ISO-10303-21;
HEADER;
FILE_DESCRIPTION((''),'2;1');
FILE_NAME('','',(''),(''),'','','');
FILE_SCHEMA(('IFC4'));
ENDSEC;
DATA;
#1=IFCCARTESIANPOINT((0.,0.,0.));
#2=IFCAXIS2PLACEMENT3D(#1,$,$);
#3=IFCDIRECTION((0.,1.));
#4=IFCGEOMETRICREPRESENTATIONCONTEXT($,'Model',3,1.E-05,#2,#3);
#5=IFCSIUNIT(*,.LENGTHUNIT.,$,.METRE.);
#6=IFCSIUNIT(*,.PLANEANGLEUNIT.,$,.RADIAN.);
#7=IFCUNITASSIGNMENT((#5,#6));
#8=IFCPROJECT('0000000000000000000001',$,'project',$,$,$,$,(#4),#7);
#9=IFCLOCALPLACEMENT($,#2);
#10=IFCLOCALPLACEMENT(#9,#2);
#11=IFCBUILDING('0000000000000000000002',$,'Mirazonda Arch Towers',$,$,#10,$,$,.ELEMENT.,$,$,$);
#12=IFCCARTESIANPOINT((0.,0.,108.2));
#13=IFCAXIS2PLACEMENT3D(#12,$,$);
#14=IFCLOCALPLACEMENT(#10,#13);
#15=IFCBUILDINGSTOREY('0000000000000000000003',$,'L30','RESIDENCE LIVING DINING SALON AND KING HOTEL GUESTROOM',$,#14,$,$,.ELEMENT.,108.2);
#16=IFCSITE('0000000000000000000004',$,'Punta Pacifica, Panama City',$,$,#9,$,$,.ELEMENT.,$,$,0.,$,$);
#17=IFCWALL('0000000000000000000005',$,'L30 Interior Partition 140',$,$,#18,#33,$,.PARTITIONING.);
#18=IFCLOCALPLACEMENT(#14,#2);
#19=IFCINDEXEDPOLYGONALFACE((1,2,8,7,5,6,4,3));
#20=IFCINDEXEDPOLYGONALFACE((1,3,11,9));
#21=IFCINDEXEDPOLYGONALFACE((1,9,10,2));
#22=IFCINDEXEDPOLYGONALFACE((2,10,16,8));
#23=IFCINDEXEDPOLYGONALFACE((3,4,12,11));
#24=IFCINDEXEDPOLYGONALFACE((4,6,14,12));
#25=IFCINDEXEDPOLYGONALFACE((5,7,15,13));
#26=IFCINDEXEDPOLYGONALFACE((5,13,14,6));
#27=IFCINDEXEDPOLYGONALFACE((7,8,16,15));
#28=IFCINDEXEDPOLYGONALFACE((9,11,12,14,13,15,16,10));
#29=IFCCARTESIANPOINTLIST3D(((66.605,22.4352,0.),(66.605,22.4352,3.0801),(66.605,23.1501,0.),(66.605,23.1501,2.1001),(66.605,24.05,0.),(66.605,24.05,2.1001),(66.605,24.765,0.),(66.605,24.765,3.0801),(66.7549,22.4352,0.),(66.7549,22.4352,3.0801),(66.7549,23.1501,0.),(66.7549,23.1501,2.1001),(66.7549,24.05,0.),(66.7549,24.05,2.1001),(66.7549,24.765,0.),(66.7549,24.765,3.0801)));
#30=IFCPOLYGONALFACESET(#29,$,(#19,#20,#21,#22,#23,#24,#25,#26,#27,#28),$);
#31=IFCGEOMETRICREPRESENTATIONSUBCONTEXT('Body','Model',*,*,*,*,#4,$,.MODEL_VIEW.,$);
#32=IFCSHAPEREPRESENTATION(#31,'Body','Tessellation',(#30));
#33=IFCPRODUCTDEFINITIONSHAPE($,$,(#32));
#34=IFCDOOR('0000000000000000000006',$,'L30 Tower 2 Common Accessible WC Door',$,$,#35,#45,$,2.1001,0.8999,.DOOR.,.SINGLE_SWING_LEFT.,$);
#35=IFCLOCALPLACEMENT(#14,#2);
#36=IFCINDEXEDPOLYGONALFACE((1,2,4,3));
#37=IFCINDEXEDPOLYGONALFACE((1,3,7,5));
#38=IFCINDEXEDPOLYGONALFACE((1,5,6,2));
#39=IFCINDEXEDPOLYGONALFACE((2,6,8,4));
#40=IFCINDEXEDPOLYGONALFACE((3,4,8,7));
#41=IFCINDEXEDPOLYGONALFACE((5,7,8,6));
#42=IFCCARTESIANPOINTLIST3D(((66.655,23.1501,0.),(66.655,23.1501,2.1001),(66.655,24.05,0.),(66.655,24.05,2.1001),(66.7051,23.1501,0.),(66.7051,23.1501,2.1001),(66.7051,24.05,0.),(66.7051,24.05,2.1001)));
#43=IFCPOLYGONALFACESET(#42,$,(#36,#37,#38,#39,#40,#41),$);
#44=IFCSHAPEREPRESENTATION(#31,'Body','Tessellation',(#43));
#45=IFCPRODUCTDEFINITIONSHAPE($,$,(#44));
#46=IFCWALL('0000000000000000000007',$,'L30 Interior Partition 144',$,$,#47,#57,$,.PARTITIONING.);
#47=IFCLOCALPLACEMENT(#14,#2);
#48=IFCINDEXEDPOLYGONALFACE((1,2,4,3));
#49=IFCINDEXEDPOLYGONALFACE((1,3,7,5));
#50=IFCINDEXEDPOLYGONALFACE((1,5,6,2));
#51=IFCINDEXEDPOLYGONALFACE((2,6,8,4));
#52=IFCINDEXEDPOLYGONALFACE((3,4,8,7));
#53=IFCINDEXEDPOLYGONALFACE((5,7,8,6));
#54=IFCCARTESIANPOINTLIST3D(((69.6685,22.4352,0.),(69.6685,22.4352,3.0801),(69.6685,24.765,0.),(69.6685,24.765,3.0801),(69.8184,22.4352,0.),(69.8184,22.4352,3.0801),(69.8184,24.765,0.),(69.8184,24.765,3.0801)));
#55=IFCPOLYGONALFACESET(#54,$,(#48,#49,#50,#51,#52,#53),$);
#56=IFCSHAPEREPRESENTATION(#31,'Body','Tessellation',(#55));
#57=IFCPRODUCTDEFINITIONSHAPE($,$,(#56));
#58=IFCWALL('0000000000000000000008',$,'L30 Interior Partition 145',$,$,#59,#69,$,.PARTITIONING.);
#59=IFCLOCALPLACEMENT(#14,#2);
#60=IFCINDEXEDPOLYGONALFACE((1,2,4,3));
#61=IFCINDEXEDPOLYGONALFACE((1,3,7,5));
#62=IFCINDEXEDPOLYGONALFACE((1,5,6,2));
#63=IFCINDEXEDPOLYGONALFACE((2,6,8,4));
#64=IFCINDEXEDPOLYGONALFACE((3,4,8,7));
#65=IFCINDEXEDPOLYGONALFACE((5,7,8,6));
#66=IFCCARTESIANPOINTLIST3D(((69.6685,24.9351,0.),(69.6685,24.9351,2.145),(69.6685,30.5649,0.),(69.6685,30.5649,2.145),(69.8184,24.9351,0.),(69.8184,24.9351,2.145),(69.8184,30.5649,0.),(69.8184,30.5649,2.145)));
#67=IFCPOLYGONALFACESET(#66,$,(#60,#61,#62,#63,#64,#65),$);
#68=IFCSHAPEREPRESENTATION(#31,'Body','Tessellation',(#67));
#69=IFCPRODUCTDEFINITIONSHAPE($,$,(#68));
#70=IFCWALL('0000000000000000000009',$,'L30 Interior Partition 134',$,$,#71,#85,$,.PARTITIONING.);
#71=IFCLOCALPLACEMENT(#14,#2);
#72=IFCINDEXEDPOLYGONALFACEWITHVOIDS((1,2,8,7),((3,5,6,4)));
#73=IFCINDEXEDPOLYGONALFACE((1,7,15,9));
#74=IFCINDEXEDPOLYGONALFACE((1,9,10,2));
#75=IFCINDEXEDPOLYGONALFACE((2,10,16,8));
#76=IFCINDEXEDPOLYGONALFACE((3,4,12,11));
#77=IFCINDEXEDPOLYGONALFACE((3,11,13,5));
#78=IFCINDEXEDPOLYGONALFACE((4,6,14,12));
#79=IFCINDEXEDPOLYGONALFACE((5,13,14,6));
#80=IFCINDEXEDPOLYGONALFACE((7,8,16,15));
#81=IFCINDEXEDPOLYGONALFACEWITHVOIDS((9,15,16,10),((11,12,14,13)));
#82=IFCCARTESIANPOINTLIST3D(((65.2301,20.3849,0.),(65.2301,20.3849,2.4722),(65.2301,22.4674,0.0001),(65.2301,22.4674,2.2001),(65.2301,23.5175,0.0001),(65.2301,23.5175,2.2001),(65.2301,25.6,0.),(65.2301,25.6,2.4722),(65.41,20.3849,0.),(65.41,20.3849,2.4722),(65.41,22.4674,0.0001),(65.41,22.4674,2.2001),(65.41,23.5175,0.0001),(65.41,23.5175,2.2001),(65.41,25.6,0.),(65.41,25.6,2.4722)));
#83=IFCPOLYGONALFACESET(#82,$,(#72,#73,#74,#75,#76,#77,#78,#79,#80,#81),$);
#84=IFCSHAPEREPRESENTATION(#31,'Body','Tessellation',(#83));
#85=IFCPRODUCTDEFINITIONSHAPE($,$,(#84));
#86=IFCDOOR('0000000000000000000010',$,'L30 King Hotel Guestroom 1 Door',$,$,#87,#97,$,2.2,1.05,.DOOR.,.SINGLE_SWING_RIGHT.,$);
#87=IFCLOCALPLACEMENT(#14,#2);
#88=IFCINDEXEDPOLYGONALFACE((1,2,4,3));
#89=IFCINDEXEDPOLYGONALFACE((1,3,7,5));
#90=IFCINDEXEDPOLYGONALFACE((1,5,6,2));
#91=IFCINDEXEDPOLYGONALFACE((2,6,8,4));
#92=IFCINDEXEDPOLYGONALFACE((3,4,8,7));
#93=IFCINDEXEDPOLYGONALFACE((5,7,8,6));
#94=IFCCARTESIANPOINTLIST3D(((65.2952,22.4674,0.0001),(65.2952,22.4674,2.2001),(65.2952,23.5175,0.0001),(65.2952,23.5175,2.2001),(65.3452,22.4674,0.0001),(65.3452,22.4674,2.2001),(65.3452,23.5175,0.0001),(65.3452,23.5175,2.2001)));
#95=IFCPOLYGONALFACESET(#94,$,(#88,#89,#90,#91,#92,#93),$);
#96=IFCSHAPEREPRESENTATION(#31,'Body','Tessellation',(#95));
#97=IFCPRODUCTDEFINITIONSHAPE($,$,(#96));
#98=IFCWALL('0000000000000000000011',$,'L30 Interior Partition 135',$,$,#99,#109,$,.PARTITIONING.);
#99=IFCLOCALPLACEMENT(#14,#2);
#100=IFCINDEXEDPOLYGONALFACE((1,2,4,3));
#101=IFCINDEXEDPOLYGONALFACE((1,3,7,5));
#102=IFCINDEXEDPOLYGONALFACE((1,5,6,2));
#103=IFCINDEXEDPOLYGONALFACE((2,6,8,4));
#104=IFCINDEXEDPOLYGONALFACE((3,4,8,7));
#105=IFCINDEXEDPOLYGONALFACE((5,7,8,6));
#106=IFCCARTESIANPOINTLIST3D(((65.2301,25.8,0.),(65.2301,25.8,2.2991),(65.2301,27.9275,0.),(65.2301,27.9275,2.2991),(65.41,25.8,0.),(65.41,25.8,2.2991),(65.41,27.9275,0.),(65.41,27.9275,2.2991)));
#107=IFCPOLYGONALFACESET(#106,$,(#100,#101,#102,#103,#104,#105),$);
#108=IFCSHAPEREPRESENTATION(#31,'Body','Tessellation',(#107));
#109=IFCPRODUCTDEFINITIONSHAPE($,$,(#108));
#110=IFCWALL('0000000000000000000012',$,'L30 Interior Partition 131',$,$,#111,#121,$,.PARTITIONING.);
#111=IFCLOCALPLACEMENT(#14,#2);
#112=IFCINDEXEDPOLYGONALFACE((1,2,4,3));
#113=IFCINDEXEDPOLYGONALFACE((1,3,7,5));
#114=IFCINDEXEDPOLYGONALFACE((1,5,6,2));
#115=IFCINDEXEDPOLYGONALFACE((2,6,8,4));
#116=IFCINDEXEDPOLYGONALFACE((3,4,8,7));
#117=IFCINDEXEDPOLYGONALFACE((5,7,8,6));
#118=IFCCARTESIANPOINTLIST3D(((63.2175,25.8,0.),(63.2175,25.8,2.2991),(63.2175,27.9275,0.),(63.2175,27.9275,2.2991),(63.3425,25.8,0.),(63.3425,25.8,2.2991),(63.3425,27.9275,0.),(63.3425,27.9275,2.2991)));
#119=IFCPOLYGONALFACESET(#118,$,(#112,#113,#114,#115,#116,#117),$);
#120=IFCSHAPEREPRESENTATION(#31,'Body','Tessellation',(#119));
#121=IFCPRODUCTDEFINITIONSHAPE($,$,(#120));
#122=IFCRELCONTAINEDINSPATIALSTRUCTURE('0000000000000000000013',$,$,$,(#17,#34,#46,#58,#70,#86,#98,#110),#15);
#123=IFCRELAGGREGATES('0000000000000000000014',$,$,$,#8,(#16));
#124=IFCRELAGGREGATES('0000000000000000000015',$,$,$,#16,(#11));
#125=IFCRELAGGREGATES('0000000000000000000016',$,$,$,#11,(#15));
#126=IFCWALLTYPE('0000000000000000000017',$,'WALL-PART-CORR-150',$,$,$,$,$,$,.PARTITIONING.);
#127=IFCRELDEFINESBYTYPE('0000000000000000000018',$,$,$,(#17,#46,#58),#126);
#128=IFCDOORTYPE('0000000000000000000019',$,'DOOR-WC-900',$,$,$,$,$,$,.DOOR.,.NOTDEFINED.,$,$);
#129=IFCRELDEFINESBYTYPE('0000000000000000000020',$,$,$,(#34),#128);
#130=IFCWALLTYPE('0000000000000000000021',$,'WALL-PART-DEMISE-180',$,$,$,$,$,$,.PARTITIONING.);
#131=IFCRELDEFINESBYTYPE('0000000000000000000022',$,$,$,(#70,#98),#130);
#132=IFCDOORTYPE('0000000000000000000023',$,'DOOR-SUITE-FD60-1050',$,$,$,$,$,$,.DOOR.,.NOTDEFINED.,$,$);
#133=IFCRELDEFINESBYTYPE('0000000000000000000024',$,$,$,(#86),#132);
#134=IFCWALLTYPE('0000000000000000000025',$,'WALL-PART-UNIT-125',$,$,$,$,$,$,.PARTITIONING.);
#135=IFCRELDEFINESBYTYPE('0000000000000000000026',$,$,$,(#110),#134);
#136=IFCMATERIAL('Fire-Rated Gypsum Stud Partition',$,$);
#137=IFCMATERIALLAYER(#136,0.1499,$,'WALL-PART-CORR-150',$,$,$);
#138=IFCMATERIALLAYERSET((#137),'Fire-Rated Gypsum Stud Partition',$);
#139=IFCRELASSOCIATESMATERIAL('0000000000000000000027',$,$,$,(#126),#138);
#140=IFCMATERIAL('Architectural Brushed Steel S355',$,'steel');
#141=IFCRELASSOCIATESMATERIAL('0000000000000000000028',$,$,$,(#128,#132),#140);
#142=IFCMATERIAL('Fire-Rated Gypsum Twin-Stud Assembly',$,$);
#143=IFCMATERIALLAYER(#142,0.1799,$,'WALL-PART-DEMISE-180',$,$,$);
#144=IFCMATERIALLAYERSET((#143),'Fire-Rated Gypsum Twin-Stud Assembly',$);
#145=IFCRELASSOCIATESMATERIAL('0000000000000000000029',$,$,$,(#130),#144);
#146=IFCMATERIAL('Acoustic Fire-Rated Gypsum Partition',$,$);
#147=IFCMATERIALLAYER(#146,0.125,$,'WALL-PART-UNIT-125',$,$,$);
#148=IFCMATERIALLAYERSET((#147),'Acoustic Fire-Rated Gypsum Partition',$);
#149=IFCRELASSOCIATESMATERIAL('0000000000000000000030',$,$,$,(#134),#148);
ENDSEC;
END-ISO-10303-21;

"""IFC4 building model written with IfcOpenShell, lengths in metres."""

from ifc_helpers import new_model, si_unit, direction, frame, frame_2d, origin, place, context, subcontext, project, spatial, rectangle, extrude, material, layer, layer_set, type_object, element, fill, save


model = new_model("IFC4")

# Units and contexts
model_context = context("Model", 3, precision=1e-05, world=origin(), true_north=direction((0.0, 1.0)))
body_context = subcontext(model_context, "Body", "Model", "MODEL_VIEW")
ifc_project = project(units=[si_unit("LENGTHUNIT", "METRE"), si_unit("PLANEANGLEUNIT", "RADIAN")], contexts=[model_context])

# Site, building, storey
site_placement = place(None, origin())
site = spatial("IfcSite", under=ifc_project, at=site_placement, Name="Punta Pacifica, Panama City", CompositionType="ELEMENT", RefElevation=0.0)
building_placement = place(site_placement, origin())
building = spatial("IfcBuilding", under=site, at=building_placement, Name="Mirazonda Arch Towers", CompositionType="ELEMENT")
storey_placement = place(building_placement, frame((0.0, 0.0, 108.2)))
storey = spatial("IfcBuildingStorey", under=building, at=storey_placement, Name="L30", Description="RESIDENCE LIVING DINING SALON AND KING HOTEL GUESTROOM", CompositionType="ELEMENT", Elevation=108.2)

# Shared definitions
ifc_material_1 = material(Name="Architectural Brushed Steel S355", Category="steel")

# Shared definitions
ifc_material_2 = material(Name="Fire-Rated Gypsum Stud Partition")
ifc_layer_1 = layer(ifc_material_2, 0.1499, Name="WALL-PART-CORR-150")
ifc_layer_set_1 = layer_set([ifc_layer_1], Name="Fire-Rated Gypsum Stud Partition")
wall_type_1 = type_object("IfcWallType", Name="WALL-PART-CORR-150", PredefinedType="PARTITIONING", material=ifc_layer_set_1)

# Wall, opening, door
wall_1_placement = place(storey_placement, frame((66.6799, 22.4351, 0.0), z_axis=(0.0, 0.0, 1.0), x_axis=(0.0, 1.0, 0.0)))
wall_1 = element("IfcWall", 1, at=wall_1_placement, inside=storey, type_object=wall_type_1, Name="L30 Interior Partition 140", PredefinedType="PARTITIONING", context=body_context, shape_type="SweptSolid", body=[
    extrude(rectangle(XDim=2.3298, YDim=0.1499, at=frame_2d((1.165, 0.0))), origin(), (0.0, 0.0, 1.0), 3.0801),
])
opening_1_placement = place(wall_1_placement, frame((0.7151, 0.0, 0.0)))
opening_1 = element("IfcOpeningElement", 2, at=opening_1_placement, cuts=wall_1, PredefinedType="OPENING", context=body_context, shape_type="SweptSolid", body=[
    extrude(rectangle(XDim=0.8999, YDim=2.1001, at=frame_2d((0.45, 1.05))), frame((0.0, 0.085, 0.0), z_axis=(0.0, -1.0, 0.0), x_axis=(1.0, 0.0, 0.0)), (0.0, 0.0, 1.0), 0.1699),
])
door_type_1 = type_object("IfcDoorType", Name="DOOR-WC-900", OperationType="NOTDEFINED", PredefinedType="DOOR", material=ifc_material_1)
door_1_placement = place(opening_1_placement, origin())
door_1 = element("IfcDoor", 3, at=door_1_placement, inside=storey, type_object=door_type_1, Name="L30 Tower 2 Common Accessible WC Door", OperationType="SINGLE_SWING_LEFT", OverallHeight=2.1001, OverallWidth=0.8999, PredefinedType="DOOR", context=body_context, shape_type="SweptSolid", body=[
    extrude(rectangle(XDim=0.8999, YDim=2.1001, at=frame_2d((0.45, 1.05))), frame((0.0, 0.0249, 0.0), z_axis=(0.0, -1.0, 0.0), x_axis=(1.0, 0.0, 0.0)), (0.0, 0.0, 1.0), 0.05),
])
fill(opening_1, door_1)

# Walls
wall_2_placement = place(storey_placement, frame((69.7434, 22.4351, 0.0), z_axis=(0.0, 0.0, 1.0), x_axis=(0.0, 1.0, 0.0)))
element("IfcWall", 4, at=wall_2_placement, inside=storey, type_object=wall_type_1, Name="L30 Interior Partition 144", PredefinedType="PARTITIONING", context=body_context, shape_type="SweptSolid", body=[
    extrude(rectangle(XDim=2.3298, YDim=0.1499, at=frame_2d((1.165, 0.0))), origin(), (0.0, 0.0, 1.0), 3.0801),
])
wall_3_placement = place(storey_placement, frame((69.7434, 24.9351, 0.0), z_axis=(0.0, 0.0, 1.0), x_axis=(0.0, 1.0, 0.0)))
element("IfcWall", 5, at=wall_3_placement, inside=storey, type_object=wall_type_1, Name="L30 Interior Partition 145", PredefinedType="PARTITIONING", context=body_context, shape_type="SweptSolid", body=[
    extrude(rectangle(XDim=5.6299, YDim=0.1499, at=frame_2d((2.8149, 0.0))), origin(), (0.0, 0.0, 1.0), 2.145),
])

# Wall, opening, door
ifc_material_3 = material(Name="Fire-Rated Gypsum Twin-Stud Assembly")
ifc_layer_2 = layer(ifc_material_3, 0.1799, Name="WALL-PART-DEMISE-180")
ifc_layer_set_2 = layer_set([ifc_layer_2], Name="Fire-Rated Gypsum Twin-Stud Assembly")
wall_type_2 = type_object("IfcWallType", Name="WALL-PART-DEMISE-180", PredefinedType="PARTITIONING", material=ifc_layer_set_2)
wall_4_placement = place(storey_placement, frame((65.3201, 20.385, 0.0), z_axis=(0.0, 0.0, 1.0), x_axis=(0.0, 1.0, 0.0)))
wall_4 = element("IfcWall", 6, at=wall_4_placement, inside=storey, type_object=wall_type_2, Name="L30 Interior Partition 134", PredefinedType="PARTITIONING", context=body_context, shape_type="SweptSolid", body=[
    extrude(rectangle(XDim=5.2151, YDim=0.1799, at=frame_2d((2.6074, 0.0))), origin(), (0.0, 0.0, 1.0), 2.4722),
])
opening_2_placement = place(wall_4_placement, frame((2.0825, 0.0, 0.0)))
opening_2 = element("IfcOpeningElement", 7, at=opening_2_placement, cuts=wall_4, PredefinedType="OPENING", context=body_context, shape_type="SweptSolid", body=[
    extrude(rectangle(XDim=1.05, YDim=2.2, at=frame_2d((0.5249, 1.1001))), frame((0.0, 0.0999, 0.0), z_axis=(0.0, -1.0, 0.0), x_axis=(1.0, 0.0, 0.0)), (0.0, 0.0, 1.0), 0.2),
])
door_type_2 = type_object("IfcDoorType", Name="DOOR-SUITE-FD60-1050", OperationType="NOTDEFINED", PredefinedType="DOOR", material=ifc_material_1)
door_2_placement = place(opening_2_placement, origin())
door_2 = element("IfcDoor", 8, at=door_2_placement, inside=storey, type_object=door_type_2, Name="L30 King Hotel Guestroom 1 Door", OperationType="SINGLE_SWING_RIGHT", OverallHeight=2.2, OverallWidth=1.05, PredefinedType="DOOR", context=body_context, shape_type="SweptSolid", body=[
    extrude(rectangle(XDim=1.05, YDim=2.2, at=frame_2d((0.5249, 1.1001))), frame((0.0, 0.0249, 0.0), z_axis=(0.0, -1.0, 0.0), x_axis=(1.0, 0.0, 0.0)), (0.0, 0.0, 1.0), 0.05),
])
fill(opening_2, door_2)

# Walls
wall_5_placement = place(storey_placement, frame((65.3201, 25.8, 0.0), z_axis=(0.0, 0.0, 1.0), x_axis=(0.0, 1.0, 0.0)))
element("IfcWall", 9, at=wall_5_placement, inside=storey, type_object=wall_type_2, Name="L30 Interior Partition 135", PredefinedType="PARTITIONING", context=body_context, shape_type="SweptSolid", body=[
    extrude(rectangle(XDim=2.1274, YDim=0.1799, at=frame_2d((1.0637, 0.0))), origin(), (0.0, 0.0, 1.0), 2.2991),
])
ifc_material_4 = material(Name="Acoustic Fire-Rated Gypsum Partition")
ifc_layer_3 = layer(ifc_material_4, 0.125, Name="WALL-PART-UNIT-125")
ifc_layer_set_3 = layer_set([ifc_layer_3], Name="Acoustic Fire-Rated Gypsum Partition")
wall_type_3 = type_object("IfcWallType", Name="WALL-PART-UNIT-125", PredefinedType="PARTITIONING", material=ifc_layer_set_3)
wall_6_placement = place(storey_placement, frame((63.28, 25.8, 0.0), z_axis=(0.0, 0.0, 1.0), x_axis=(0.0, 1.0, 0.0)))
element("IfcWall", 10, at=wall_6_placement, inside=storey, type_object=wall_type_3, Name="L30 Interior Partition 131", PredefinedType="PARTITIONING", context=body_context, shape_type="SweptSolid", body=[
    extrude(rectangle(XDim=2.1274, YDim=0.125, at=frame_2d((1.0637, 0.0))), origin(), (0.0, 0.0, 1.0), 2.2991),
])

save(model, "model.ifc")
